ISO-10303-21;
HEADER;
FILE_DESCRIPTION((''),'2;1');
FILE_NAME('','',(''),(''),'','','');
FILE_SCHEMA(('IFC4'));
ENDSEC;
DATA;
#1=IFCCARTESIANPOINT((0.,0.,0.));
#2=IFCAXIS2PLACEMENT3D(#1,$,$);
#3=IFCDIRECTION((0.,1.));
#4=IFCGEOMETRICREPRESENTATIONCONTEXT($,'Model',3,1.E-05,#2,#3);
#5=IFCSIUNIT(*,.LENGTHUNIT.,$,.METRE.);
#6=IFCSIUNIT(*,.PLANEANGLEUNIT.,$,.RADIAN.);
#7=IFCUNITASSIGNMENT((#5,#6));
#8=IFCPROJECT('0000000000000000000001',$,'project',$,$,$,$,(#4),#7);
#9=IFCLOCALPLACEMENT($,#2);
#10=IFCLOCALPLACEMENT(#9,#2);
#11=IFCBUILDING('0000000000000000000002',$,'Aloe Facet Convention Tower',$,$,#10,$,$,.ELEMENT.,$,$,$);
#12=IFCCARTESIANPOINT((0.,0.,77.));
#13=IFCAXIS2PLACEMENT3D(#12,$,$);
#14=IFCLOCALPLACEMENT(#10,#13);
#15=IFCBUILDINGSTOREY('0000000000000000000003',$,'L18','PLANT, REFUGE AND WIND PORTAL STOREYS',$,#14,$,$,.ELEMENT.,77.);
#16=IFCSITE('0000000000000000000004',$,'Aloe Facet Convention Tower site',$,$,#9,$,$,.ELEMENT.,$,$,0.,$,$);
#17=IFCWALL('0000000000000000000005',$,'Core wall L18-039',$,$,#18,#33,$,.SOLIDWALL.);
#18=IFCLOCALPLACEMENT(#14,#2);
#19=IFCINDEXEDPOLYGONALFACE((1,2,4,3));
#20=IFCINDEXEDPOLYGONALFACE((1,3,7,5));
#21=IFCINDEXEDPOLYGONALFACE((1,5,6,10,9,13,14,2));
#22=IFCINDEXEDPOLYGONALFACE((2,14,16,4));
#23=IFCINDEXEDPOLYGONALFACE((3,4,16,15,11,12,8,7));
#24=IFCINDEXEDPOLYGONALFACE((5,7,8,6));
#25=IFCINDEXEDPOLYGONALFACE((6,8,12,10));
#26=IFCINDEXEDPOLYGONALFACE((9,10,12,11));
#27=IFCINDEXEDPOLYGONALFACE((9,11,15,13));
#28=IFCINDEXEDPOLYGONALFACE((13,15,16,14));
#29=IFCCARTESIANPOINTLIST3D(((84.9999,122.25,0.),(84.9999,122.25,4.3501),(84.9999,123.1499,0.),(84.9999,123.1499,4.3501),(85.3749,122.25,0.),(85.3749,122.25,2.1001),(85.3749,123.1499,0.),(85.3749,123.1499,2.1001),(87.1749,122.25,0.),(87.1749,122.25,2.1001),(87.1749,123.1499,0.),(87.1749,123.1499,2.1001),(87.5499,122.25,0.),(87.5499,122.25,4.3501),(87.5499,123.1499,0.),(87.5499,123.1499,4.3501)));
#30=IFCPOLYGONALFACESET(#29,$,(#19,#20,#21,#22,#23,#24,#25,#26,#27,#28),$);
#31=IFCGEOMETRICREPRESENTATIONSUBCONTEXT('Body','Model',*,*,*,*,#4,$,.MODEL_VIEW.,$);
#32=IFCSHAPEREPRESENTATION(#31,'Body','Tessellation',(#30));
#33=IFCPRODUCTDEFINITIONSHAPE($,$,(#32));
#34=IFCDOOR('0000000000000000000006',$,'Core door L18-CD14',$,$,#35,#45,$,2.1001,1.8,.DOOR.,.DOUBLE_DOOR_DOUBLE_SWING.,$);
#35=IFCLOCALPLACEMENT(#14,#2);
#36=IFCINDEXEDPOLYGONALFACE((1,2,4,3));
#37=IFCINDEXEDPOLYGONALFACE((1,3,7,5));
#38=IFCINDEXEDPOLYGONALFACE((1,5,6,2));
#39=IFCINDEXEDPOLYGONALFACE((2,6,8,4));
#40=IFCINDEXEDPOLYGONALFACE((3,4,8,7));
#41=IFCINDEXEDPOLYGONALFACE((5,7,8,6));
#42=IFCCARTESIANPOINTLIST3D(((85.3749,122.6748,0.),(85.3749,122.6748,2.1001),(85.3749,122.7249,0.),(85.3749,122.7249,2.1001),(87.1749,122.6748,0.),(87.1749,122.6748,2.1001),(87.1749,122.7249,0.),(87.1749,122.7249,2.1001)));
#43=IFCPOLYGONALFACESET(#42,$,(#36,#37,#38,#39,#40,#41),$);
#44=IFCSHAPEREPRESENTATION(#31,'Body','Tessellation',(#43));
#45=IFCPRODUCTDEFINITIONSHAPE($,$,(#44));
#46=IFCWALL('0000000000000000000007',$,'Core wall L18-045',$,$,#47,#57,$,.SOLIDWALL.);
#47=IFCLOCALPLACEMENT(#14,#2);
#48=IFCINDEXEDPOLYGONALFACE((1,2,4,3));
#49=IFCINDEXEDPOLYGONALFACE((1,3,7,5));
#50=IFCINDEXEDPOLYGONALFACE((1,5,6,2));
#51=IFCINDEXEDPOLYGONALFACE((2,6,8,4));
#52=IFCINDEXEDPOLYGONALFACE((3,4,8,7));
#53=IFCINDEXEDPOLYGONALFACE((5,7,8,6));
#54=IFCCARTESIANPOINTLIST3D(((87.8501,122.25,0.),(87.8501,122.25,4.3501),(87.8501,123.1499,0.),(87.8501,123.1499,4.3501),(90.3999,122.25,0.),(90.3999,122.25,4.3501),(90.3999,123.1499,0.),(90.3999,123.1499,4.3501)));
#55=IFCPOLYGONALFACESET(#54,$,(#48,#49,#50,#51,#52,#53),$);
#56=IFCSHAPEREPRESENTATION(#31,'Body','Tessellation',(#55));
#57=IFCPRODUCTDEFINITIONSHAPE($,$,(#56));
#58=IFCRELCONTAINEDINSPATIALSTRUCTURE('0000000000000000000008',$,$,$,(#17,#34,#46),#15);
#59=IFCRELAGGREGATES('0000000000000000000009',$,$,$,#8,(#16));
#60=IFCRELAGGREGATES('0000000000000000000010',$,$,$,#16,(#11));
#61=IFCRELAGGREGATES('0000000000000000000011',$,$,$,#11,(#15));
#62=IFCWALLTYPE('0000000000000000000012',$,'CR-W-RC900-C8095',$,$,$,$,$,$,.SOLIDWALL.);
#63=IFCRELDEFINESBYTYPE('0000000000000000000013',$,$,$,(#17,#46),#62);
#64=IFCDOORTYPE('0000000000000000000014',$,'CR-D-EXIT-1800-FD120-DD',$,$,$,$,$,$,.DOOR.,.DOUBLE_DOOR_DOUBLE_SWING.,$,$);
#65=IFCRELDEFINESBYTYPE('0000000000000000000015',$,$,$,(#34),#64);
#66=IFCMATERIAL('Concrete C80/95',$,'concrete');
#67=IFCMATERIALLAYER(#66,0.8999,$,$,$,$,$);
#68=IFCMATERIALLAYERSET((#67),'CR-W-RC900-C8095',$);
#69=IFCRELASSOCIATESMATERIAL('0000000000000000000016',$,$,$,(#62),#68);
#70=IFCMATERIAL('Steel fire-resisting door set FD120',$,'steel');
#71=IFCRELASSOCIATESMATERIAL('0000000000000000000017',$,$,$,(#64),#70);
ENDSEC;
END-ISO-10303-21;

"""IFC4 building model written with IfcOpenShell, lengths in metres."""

from ifc_helpers import new_model, si_unit, direction, frame, frame_2d, origin, place, context, subcontext, project, spatial, rectangle, extrude, material, layer, layer_set, type_object, element, fill, save


model = new_model("IFC4")

# Units and contexts
model_context = context("Model", 3, precision=1e-05, world=origin(), true_north=direction((0.0, 1.0)))
body_context = subcontext(model_context, "Body", "Model", "MODEL_VIEW")
ifc_project = project(units=[si_unit("LENGTHUNIT", "METRE"), si_unit("PLANEANGLEUNIT", "RADIAN")], contexts=[model_context])

# Site, building, storey
site_placement = place(None, origin())
site = spatial("IfcSite", under=ifc_project, at=site_placement, Name="Aloe Facet Convention Tower site", CompositionType="ELEMENT", RefElevation=0.0)
building_placement = place(site_placement, origin())
building = spatial("IfcBuilding", under=site, at=building_placement, Name="Aloe Facet Convention Tower", CompositionType="ELEMENT")
storey_placement = place(building_placement, frame((0.0, 0.0, 77.0)))
storey = spatial("IfcBuildingStorey", under=building, at=storey_placement, Name="L18", Description="PLANT, REFUGE AND WIND PORTAL STOREYS", CompositionType="ELEMENT", Elevation=77.0)

# Wall, opening, door
ifc_material_1 = material(Name="Concrete C80/95", Category="concrete")
ifc_layer_1 = layer(ifc_material_1, 0.8999)
ifc_layer_set_1 = layer_set([ifc_layer_1], Name="CR-W-RC900-C8095")
wall_type_1 = type_object("IfcWallType", Name="CR-W-RC900-C8095", PredefinedType="SOLIDWALL", material=ifc_layer_set_1)
wall_1_placement = place(storey_placement, frame((85.0, 122.7, 0.0), z_axis=(0.0, 0.0, 1.0), x_axis=(1.0, 0.0, 0.0)))
wall_1 = element("IfcWall", 1, at=wall_1_placement, inside=storey, type_object=wall_type_1, Name="Core wall L18-039", PredefinedType="SOLIDWALL", context=body_context, shape_type="SweptSolid", body=[
    extrude(rectangle(XDim=2.55, YDim=0.8999, at=frame_2d((1.2749, 0.0))), origin(), (0.0, 0.0, 1.0), 4.3501),
])
opening_1_placement = place(wall_1_placement, frame((0.375, 0.0, 0.0)))
opening_1 = element("IfcOpeningElement", 2, at=opening_1_placement, cuts=wall_1, PredefinedType="OPENING", context=body_context, shape_type="SweptSolid", body=[
    extrude(rectangle(XDim=1.8, YDim=2.1001, at=frame_2d((0.8999, 1.05))), frame((0.0, 0.46, 0.0), z_axis=(0.0, -1.0, 0.0), x_axis=(1.0, 0.0, 0.0)), (0.0, 0.0, 1.0), 0.9199),
])
ifc_material_2 = material(Name="Steel fire-resisting door set FD120", Category="steel")
door_type_1 = type_object("IfcDoorType", Name="CR-D-EXIT-1800-FD120-DD", OperationType="DOUBLE_DOOR_DOUBLE_SWING", PredefinedType="DOOR", material=ifc_material_2)
door_1_placement = place(opening_1_placement, origin())
door_1 = element("IfcDoor", 3, at=door_1_placement, inside=storey, type_object=door_type_1, Name="Core door L18-CD14", OperationType="DOUBLE_DOOR_DOUBLE_SWING", OverallHeight=2.1001, OverallWidth=1.8, PredefinedType="DOOR", context=body_context, shape_type="SweptSolid", body=[
    extrude(rectangle(XDim=1.8, YDim=2.1001, at=frame_2d((0.8999, 1.05))), frame((0.0, 0.0249, 0.0), z_axis=(0.0, -1.0, 0.0), x_axis=(1.0, 0.0, 0.0)), (0.0, 0.0, 1.0), 0.05),
])
fill(opening_1, door_1)

# Wall
wall_2_placement = place(storey_placement, frame((87.8501, 122.7, 0.0), z_axis=(0.0, 0.0, 1.0), x_axis=(1.0, 0.0, 0.0)))
element("IfcWall", 4, at=wall_2_placement, inside=storey, type_object=wall_type_1, Name="Core wall L18-045", PredefinedType="SOLIDWALL", context=body_context, shape_type="SweptSolid", body=[
    extrude(rectangle(XDim=2.5498, YDim=0.8999, at=frame_2d((1.2749, 0.0))), origin(), (0.0, 0.0, 1.0), 4.3501),
])

save(model, "model.ifc")
